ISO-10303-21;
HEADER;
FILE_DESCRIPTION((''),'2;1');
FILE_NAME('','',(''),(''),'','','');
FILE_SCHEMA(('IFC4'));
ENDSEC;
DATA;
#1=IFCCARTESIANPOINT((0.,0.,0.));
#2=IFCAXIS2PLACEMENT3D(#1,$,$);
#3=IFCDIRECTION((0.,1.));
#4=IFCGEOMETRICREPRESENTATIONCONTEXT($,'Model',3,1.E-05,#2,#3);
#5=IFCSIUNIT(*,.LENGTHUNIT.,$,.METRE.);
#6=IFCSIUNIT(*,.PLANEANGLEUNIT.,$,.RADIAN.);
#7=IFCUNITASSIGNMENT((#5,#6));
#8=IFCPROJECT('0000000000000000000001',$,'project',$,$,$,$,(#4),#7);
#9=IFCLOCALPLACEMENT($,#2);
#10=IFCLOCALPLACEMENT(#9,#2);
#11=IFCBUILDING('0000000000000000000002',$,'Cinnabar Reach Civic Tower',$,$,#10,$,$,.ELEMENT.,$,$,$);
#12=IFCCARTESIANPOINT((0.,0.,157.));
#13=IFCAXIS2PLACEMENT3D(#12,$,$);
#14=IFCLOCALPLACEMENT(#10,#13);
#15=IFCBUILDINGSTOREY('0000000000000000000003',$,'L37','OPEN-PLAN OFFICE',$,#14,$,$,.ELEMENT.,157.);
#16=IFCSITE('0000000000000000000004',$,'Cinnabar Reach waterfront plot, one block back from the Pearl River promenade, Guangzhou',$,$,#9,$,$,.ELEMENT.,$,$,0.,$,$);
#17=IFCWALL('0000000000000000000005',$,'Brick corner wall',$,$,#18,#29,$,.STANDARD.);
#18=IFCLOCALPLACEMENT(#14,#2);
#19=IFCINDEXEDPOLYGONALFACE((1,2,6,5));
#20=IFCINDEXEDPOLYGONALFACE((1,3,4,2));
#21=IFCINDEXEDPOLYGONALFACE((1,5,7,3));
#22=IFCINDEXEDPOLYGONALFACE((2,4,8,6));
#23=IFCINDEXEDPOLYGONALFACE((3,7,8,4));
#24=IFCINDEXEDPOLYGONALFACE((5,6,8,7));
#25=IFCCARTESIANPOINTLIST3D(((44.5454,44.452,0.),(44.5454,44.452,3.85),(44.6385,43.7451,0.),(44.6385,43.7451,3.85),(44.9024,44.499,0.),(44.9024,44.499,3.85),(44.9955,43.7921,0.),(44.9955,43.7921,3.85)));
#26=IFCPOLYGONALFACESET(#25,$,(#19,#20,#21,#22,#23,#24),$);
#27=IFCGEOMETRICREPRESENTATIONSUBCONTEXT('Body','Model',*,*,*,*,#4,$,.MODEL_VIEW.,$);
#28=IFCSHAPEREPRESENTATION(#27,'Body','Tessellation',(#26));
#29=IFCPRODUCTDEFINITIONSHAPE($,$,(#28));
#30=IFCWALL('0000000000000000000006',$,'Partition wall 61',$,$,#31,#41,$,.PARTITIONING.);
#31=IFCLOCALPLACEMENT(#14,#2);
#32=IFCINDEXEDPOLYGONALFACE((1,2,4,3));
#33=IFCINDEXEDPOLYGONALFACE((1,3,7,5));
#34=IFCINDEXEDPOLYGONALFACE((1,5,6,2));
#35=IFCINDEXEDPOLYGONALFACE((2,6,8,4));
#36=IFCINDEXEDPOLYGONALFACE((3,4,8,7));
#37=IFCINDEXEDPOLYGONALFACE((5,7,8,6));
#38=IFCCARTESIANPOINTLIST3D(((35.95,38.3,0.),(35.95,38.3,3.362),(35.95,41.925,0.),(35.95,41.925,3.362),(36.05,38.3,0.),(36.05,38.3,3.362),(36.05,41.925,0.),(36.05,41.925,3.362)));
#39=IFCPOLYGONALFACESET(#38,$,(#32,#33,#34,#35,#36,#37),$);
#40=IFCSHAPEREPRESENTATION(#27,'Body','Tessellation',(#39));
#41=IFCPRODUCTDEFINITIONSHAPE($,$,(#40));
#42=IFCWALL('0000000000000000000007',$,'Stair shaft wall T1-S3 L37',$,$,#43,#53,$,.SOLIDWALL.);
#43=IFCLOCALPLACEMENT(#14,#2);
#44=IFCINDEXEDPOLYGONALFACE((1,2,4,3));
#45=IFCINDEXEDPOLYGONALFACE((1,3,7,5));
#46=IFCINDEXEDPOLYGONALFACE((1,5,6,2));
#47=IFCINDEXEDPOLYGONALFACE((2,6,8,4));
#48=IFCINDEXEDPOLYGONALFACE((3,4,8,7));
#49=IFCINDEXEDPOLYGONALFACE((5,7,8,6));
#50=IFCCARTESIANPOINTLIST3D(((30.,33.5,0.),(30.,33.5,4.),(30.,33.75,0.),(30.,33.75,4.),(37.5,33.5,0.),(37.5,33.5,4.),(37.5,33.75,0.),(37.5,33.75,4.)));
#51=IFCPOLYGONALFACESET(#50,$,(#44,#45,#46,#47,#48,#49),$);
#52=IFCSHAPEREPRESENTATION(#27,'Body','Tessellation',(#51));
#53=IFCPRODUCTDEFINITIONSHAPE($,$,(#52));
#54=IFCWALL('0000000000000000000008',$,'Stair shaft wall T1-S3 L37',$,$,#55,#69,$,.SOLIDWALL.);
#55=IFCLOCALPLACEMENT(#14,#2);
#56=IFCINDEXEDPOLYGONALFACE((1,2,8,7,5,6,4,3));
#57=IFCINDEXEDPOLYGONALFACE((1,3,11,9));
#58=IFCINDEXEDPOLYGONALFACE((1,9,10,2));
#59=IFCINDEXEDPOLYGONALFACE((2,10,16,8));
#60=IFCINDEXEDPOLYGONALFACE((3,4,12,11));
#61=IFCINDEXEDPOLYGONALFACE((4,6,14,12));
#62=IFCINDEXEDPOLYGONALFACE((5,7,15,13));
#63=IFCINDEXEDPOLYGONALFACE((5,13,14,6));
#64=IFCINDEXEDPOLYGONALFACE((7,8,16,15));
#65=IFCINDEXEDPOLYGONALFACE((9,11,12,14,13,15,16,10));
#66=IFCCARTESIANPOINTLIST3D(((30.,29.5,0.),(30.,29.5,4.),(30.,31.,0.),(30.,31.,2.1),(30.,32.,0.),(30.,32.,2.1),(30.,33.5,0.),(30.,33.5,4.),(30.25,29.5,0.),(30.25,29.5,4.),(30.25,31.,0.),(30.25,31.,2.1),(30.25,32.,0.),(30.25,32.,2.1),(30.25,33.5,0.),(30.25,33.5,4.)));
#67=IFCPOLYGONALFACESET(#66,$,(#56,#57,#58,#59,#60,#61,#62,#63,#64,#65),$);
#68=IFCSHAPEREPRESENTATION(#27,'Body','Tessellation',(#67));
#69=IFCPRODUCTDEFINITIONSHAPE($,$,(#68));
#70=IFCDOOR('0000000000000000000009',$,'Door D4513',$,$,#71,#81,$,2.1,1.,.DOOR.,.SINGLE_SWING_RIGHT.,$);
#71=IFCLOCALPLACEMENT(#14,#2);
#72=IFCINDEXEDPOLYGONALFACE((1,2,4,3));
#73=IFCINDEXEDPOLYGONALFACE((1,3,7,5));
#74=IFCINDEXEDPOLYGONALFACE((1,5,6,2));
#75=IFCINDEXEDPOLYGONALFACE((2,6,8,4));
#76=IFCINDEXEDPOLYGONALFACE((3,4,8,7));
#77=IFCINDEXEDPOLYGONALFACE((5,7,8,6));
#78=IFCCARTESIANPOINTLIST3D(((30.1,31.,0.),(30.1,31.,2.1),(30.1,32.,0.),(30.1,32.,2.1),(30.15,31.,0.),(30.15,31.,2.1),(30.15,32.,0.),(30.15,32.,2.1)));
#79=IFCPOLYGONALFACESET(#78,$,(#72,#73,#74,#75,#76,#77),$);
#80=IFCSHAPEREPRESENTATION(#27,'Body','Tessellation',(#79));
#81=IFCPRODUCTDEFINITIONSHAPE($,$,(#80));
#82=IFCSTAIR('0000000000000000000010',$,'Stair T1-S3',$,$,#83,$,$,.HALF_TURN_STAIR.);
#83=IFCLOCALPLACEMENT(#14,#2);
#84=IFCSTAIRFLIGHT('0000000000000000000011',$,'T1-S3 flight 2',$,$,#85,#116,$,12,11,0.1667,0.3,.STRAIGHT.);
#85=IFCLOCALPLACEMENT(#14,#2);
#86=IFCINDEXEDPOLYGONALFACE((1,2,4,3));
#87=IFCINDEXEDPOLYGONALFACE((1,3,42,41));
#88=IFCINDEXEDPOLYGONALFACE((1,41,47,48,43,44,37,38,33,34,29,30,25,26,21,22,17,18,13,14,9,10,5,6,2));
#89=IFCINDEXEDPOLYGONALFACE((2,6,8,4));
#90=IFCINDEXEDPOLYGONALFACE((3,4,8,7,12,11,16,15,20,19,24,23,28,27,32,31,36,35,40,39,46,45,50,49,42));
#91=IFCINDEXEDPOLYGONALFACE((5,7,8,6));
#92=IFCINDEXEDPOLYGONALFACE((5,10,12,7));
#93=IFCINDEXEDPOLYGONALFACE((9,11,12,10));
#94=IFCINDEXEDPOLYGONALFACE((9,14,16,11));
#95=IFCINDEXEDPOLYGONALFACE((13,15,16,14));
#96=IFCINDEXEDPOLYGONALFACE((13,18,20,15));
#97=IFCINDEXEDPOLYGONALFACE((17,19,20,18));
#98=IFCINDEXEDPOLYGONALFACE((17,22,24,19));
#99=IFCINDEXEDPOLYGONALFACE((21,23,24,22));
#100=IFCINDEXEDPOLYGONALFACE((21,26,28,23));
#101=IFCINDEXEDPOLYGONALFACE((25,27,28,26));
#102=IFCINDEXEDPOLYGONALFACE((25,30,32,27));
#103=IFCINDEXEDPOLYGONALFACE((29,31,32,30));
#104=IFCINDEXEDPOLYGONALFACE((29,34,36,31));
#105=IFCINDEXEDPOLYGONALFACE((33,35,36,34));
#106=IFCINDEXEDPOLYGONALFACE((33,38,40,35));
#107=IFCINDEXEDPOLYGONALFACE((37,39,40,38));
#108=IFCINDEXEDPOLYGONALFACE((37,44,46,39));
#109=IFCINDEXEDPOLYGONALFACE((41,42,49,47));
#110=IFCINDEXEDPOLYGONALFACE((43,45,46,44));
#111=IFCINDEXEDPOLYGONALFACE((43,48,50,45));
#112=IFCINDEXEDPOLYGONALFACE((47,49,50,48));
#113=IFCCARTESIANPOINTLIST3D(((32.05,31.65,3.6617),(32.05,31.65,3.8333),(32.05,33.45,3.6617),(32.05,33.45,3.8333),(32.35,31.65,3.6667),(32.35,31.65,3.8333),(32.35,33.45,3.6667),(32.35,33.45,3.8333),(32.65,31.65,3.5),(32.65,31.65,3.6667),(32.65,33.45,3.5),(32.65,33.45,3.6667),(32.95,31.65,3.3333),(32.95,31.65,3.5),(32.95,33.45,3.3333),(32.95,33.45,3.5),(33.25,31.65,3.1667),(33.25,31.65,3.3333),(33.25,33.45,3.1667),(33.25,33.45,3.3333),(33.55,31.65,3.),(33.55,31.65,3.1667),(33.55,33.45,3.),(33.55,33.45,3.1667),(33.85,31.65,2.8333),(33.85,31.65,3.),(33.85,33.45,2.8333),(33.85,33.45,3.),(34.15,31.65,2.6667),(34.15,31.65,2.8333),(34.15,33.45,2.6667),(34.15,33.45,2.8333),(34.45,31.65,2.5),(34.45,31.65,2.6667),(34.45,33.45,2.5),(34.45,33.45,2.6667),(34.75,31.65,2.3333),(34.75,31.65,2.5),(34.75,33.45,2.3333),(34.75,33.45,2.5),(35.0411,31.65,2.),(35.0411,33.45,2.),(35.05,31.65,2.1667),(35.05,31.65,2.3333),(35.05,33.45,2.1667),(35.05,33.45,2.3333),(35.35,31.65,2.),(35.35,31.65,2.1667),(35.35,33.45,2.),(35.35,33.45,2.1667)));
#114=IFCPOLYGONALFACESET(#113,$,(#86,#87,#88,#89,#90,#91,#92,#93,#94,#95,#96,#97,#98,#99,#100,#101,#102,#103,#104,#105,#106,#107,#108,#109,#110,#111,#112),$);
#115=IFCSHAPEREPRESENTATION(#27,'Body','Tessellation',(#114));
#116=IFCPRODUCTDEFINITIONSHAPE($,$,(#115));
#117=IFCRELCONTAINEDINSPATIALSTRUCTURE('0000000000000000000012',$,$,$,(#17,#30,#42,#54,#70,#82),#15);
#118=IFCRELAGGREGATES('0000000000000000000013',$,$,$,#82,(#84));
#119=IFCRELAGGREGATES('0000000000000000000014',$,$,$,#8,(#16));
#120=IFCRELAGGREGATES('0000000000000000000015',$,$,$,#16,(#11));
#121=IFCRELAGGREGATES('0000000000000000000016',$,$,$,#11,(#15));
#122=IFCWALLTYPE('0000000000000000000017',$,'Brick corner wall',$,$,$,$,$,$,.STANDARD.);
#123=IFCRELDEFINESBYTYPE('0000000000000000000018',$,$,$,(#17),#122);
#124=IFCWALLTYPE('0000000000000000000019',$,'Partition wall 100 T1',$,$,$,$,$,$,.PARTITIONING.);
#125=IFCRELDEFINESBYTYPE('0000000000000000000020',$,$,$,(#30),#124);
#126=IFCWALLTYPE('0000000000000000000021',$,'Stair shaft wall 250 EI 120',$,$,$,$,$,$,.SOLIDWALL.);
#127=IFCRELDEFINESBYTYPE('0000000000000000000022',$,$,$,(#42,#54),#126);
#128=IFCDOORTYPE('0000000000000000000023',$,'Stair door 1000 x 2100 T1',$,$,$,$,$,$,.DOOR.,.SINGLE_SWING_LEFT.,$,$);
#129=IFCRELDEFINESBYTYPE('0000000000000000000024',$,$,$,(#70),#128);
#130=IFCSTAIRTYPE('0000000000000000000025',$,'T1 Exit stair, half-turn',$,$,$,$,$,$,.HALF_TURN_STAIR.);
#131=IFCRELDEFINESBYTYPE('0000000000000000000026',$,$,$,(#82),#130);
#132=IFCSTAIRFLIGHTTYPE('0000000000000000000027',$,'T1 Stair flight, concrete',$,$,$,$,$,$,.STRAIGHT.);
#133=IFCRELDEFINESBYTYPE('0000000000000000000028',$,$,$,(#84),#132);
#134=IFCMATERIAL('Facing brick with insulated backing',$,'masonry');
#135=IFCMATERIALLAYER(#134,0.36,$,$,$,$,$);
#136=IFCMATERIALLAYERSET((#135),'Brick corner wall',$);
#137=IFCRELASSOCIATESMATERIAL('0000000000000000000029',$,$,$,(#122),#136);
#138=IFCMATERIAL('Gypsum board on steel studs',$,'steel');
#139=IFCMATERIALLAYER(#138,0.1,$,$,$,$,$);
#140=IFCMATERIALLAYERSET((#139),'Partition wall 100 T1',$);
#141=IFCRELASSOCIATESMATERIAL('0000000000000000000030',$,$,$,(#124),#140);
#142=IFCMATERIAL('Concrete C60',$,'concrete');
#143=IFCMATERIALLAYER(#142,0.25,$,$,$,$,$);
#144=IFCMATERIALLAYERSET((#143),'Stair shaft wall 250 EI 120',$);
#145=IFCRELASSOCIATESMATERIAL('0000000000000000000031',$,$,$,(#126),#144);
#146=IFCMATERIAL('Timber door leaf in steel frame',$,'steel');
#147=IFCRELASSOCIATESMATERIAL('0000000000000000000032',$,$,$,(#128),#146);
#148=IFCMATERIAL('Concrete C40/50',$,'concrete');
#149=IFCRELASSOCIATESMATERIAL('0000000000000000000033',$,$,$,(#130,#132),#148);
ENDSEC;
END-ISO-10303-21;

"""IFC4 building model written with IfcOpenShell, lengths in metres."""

from ifc_helpers import new_model, si_unit, direction, frame, frame_2d, origin, place, context, subcontext, project, spatial, polyline, rectangle, outline, extrude, material, layer, layer_set, type_object, element, fill, aggregate, save


model = new_model("IFC4")

# Units and contexts
model_context = context("Model", 3, precision=1e-05, world=origin(), true_north=direction((0.0, 1.0)))
body_context = subcontext(model_context, "Body", "Model", "MODEL_VIEW")
ifc_project = project(units=[si_unit("LENGTHUNIT", "METRE"), si_unit("PLANEANGLEUNIT", "RADIAN")], contexts=[model_context])

# Site, building, storey
site_placement = place(None, origin())
site = spatial("IfcSite", under=ifc_project, at=site_placement, Name="Cinnabar Reach waterfront plot, one block back from the Pearl River promenade, Guangzhou", CompositionType="ELEMENT", RefElevation=0.0)
building_placement = place(site_placement, origin())
building = spatial("IfcBuilding", under=site, at=building_placement, Name="Cinnabar Reach Civic Tower", CompositionType="ELEMENT")
storey_placement = place(building_placement, frame((0.0, 0.0, 157.0)))
storey = spatial("IfcBuildingStorey", under=building, at=storey_placement, Name="L37", Description="OPEN-PLAN OFFICE", CompositionType="ELEMENT", Elevation=157.0)

# Walls
ifc_material_1 = material(Name="Facing brick with insulated backing", Category="masonry")
ifc_layer_1 = layer(ifc_material_1, 0.36)
ifc_layer_set_1 = layer_set([ifc_layer_1], Name="Brick corner wall")
wall_type_1 = type_object("IfcWallType", Name="Brick corner wall", PredefinedType="STANDARD", material=ifc_layer_set_1)
wall_1_placement = place(storey_placement, frame((44.817, 43.7686, 0.0), z_axis=(0.0, 0.0, 1.0), x_axis=(-0.130556, 0.991441, 0.0)))
element("IfcWall", 1, at=wall_1_placement, inside=storey, type_object=wall_type_1, Name="Brick corner wall", PredefinedType="STANDARD", context=body_context, shape_type="SweptSolid", body=[
    extrude(rectangle(XDim=0.7131, YDim=0.36, at=frame_2d((0.3565, 0.0))), origin(), (0.0, 0.0, 1.0), 3.85),
])
ifc_material_2 = material(Name="Gypsum board on steel studs", Category="steel")
ifc_layer_2 = layer(ifc_material_2, 0.1)
ifc_layer_set_2 = layer_set([ifc_layer_2], Name="Partition wall 100 T1")
wall_type_2 = type_object("IfcWallType", Name="Partition wall 100 T1", PredefinedType="PARTITIONING", material=ifc_layer_set_2)
wall_2_placement = place(storey_placement, frame((36.0, 38.3, 0.0), z_axis=(0.0, 0.0, 1.0), x_axis=(0.0, 1.0, 0.0)))
element("IfcWall", 2, at=wall_2_placement, inside=storey, type_object=wall_type_2, Name="Partition wall 61", PredefinedType="PARTITIONING", context=body_context, shape_type="SweptSolid", body=[
    extrude(rectangle(XDim=3.625, YDim=0.1, at=frame_2d((1.8125, 0.0))), origin(), (0.0, 0.0, 1.0), 3.362),
])
ifc_material_3 = material(Name="Concrete C60", Category="concrete")
ifc_layer_3 = layer(ifc_material_3, 0.25)
ifc_layer_set_3 = layer_set([ifc_layer_3], Name="Stair shaft wall 250 EI 120")
wall_type_3 = type_object("IfcWallType", Name="Stair shaft wall 250 EI 120", PredefinedType="SOLIDWALL", material=ifc_layer_set_3)
wall_3_placement = place(storey_placement, frame((37.5, 33.625, 0.0), z_axis=(0.0, 0.0, 1.0), x_axis=(-1.0, 0.0, 0.0)))
element("IfcWall", 3, at=wall_3_placement, inside=storey, type_object=wall_type_3, Name="Stair shaft wall T1-S3 L37", PredefinedType="SOLIDWALL", context=body_context, shape_type="SweptSolid", body=[
    extrude(rectangle(XDim=7.5, YDim=0.25, at=frame_2d((3.75, 0.0))), origin(), (0.0, 0.0, 1.0), 4.0),
])

# Wall, opening, door
wall_4_placement = place(storey_placement, frame((30.125, 33.5, 0.0), z_axis=(0.0, 0.0, 1.0), x_axis=(0.0, -1.0, 0.0)))
wall_4 = element("IfcWall", 4, at=wall_4_placement, inside=storey, type_object=wall_type_3, Name="Stair shaft wall T1-S3 L37", PredefinedType="SOLIDWALL", context=body_context, shape_type="SweptSolid", body=[
    extrude(rectangle(XDim=4.0, YDim=0.25, at=frame_2d((2.0, 0.0))), origin(), (0.0, 0.0, 1.0), 4.0),
])
opening_placement = place(wall_4_placement, frame((1.5, 0.0, 0.0)))
opening = element("IfcOpeningElement", 5, at=opening_placement, cuts=wall_4, PredefinedType="OPENING", context=body_context, shape_type="SweptSolid", body=[
    extrude(rectangle(XDim=1.0, YDim=2.1, at=frame_2d((0.5, 1.05))), frame((0.0, 0.135, 0.0), z_axis=(0.0, -1.0, 0.0), x_axis=(1.0, 0.0, 0.0)), (0.0, 0.0, 1.0), 0.27),
])
ifc_material_4 = material(Name="Timber door leaf in steel frame", Category="steel")
door_type = type_object("IfcDoorType", Name="Stair door 1000 x 2100 T1", OperationType="SINGLE_SWING_LEFT", PredefinedType="DOOR", material=ifc_material_4)
door_placement = place(opening_placement, origin())
door = element("IfcDoor", 6, at=door_placement, inside=storey, type_object=door_type, Name="Door D4513", OperationType="SINGLE_SWING_RIGHT", OverallHeight=2.1, OverallWidth=1.0, PredefinedType="DOOR", context=body_context, shape_type="SweptSolid", body=[
    extrude(rectangle(XDim=1.0, YDim=2.1, at=frame_2d((0.5, 1.05))), frame((0.0, 0.025, 0.0), z_axis=(0.0, -1.0, 0.0), x_axis=(1.0, 0.0, 0.0)), (0.0, 0.0, 1.0), 0.05),
])
fill(opening, door)

# Stair, stair flight
ifc_material_5 = material(Name="Concrete C40/50", Category="concrete")
stair_type = type_object("IfcStairType", Name="T1 Exit stair, half-turn", PredefinedType="HALF_TURN_STAIR", material=ifc_material_5)
stair_placement = place(storey_placement, origin())
stair = element("IfcStair", 7, at=stair_placement, inside=storey, type_object=stair_type, Name="Stair T1-S3", PredefinedType="HALF_TURN_STAIR")
stair_flight_type = type_object("IfcStairFlightType", Name="T1 Stair flight, concrete", PredefinedType="STRAIGHT", material=ifc_material_5)
stair_flight_placement = place(storey_placement, frame((35.35, 32.55, 2.0), z_axis=(0.0, 0.0, 1.0), x_axis=(-1.0, 0.0, 0.0)))
stair_flight = element("IfcStairFlight", 8, at=stair_flight_placement, type_object=stair_flight_type, Name="T1-S3 flight 2", NumberOfRisers=12, NumberOfTreads=11, PredefinedType="STRAIGHT", RiserHeight=0.1667, TreadLength=0.3, context=body_context, shape_type="SweptSolid", body=[
    extrude(outline(polyline([(0.0, 0.0), (0.0, 0.1667), (0.3, 0.1667), (0.3, 0.3333), (0.6, 0.3333), (0.6, 0.5), (0.9, 0.5), (0.9, 0.6667), (1.2, 0.6667), (1.2, 0.8333), (1.5, 0.8333), (1.5, 1.0), (1.8, 1.0), (1.8, 1.1667), (2.1, 1.1667), (2.1, 1.3333), (2.4, 1.3333), (2.4, 1.5), (2.7, 1.5), (2.7, 1.6667), (3.0, 1.6667), (3.0, 1.8333), (3.3, 1.8333), (3.3, 2.0), (3.3, 1.6617), (0.3089, 0.0), (0.0, 0.0)])), frame((0.0, 0.9, 0.0), z_axis=(0.0, -1.0, 0.0), x_axis=(1.0, 0.0, 0.0)), (0.0, 0.0, 1.0), 1.8),
])
aggregate(stair, [stair_flight])

save(model, "model.ifc")
